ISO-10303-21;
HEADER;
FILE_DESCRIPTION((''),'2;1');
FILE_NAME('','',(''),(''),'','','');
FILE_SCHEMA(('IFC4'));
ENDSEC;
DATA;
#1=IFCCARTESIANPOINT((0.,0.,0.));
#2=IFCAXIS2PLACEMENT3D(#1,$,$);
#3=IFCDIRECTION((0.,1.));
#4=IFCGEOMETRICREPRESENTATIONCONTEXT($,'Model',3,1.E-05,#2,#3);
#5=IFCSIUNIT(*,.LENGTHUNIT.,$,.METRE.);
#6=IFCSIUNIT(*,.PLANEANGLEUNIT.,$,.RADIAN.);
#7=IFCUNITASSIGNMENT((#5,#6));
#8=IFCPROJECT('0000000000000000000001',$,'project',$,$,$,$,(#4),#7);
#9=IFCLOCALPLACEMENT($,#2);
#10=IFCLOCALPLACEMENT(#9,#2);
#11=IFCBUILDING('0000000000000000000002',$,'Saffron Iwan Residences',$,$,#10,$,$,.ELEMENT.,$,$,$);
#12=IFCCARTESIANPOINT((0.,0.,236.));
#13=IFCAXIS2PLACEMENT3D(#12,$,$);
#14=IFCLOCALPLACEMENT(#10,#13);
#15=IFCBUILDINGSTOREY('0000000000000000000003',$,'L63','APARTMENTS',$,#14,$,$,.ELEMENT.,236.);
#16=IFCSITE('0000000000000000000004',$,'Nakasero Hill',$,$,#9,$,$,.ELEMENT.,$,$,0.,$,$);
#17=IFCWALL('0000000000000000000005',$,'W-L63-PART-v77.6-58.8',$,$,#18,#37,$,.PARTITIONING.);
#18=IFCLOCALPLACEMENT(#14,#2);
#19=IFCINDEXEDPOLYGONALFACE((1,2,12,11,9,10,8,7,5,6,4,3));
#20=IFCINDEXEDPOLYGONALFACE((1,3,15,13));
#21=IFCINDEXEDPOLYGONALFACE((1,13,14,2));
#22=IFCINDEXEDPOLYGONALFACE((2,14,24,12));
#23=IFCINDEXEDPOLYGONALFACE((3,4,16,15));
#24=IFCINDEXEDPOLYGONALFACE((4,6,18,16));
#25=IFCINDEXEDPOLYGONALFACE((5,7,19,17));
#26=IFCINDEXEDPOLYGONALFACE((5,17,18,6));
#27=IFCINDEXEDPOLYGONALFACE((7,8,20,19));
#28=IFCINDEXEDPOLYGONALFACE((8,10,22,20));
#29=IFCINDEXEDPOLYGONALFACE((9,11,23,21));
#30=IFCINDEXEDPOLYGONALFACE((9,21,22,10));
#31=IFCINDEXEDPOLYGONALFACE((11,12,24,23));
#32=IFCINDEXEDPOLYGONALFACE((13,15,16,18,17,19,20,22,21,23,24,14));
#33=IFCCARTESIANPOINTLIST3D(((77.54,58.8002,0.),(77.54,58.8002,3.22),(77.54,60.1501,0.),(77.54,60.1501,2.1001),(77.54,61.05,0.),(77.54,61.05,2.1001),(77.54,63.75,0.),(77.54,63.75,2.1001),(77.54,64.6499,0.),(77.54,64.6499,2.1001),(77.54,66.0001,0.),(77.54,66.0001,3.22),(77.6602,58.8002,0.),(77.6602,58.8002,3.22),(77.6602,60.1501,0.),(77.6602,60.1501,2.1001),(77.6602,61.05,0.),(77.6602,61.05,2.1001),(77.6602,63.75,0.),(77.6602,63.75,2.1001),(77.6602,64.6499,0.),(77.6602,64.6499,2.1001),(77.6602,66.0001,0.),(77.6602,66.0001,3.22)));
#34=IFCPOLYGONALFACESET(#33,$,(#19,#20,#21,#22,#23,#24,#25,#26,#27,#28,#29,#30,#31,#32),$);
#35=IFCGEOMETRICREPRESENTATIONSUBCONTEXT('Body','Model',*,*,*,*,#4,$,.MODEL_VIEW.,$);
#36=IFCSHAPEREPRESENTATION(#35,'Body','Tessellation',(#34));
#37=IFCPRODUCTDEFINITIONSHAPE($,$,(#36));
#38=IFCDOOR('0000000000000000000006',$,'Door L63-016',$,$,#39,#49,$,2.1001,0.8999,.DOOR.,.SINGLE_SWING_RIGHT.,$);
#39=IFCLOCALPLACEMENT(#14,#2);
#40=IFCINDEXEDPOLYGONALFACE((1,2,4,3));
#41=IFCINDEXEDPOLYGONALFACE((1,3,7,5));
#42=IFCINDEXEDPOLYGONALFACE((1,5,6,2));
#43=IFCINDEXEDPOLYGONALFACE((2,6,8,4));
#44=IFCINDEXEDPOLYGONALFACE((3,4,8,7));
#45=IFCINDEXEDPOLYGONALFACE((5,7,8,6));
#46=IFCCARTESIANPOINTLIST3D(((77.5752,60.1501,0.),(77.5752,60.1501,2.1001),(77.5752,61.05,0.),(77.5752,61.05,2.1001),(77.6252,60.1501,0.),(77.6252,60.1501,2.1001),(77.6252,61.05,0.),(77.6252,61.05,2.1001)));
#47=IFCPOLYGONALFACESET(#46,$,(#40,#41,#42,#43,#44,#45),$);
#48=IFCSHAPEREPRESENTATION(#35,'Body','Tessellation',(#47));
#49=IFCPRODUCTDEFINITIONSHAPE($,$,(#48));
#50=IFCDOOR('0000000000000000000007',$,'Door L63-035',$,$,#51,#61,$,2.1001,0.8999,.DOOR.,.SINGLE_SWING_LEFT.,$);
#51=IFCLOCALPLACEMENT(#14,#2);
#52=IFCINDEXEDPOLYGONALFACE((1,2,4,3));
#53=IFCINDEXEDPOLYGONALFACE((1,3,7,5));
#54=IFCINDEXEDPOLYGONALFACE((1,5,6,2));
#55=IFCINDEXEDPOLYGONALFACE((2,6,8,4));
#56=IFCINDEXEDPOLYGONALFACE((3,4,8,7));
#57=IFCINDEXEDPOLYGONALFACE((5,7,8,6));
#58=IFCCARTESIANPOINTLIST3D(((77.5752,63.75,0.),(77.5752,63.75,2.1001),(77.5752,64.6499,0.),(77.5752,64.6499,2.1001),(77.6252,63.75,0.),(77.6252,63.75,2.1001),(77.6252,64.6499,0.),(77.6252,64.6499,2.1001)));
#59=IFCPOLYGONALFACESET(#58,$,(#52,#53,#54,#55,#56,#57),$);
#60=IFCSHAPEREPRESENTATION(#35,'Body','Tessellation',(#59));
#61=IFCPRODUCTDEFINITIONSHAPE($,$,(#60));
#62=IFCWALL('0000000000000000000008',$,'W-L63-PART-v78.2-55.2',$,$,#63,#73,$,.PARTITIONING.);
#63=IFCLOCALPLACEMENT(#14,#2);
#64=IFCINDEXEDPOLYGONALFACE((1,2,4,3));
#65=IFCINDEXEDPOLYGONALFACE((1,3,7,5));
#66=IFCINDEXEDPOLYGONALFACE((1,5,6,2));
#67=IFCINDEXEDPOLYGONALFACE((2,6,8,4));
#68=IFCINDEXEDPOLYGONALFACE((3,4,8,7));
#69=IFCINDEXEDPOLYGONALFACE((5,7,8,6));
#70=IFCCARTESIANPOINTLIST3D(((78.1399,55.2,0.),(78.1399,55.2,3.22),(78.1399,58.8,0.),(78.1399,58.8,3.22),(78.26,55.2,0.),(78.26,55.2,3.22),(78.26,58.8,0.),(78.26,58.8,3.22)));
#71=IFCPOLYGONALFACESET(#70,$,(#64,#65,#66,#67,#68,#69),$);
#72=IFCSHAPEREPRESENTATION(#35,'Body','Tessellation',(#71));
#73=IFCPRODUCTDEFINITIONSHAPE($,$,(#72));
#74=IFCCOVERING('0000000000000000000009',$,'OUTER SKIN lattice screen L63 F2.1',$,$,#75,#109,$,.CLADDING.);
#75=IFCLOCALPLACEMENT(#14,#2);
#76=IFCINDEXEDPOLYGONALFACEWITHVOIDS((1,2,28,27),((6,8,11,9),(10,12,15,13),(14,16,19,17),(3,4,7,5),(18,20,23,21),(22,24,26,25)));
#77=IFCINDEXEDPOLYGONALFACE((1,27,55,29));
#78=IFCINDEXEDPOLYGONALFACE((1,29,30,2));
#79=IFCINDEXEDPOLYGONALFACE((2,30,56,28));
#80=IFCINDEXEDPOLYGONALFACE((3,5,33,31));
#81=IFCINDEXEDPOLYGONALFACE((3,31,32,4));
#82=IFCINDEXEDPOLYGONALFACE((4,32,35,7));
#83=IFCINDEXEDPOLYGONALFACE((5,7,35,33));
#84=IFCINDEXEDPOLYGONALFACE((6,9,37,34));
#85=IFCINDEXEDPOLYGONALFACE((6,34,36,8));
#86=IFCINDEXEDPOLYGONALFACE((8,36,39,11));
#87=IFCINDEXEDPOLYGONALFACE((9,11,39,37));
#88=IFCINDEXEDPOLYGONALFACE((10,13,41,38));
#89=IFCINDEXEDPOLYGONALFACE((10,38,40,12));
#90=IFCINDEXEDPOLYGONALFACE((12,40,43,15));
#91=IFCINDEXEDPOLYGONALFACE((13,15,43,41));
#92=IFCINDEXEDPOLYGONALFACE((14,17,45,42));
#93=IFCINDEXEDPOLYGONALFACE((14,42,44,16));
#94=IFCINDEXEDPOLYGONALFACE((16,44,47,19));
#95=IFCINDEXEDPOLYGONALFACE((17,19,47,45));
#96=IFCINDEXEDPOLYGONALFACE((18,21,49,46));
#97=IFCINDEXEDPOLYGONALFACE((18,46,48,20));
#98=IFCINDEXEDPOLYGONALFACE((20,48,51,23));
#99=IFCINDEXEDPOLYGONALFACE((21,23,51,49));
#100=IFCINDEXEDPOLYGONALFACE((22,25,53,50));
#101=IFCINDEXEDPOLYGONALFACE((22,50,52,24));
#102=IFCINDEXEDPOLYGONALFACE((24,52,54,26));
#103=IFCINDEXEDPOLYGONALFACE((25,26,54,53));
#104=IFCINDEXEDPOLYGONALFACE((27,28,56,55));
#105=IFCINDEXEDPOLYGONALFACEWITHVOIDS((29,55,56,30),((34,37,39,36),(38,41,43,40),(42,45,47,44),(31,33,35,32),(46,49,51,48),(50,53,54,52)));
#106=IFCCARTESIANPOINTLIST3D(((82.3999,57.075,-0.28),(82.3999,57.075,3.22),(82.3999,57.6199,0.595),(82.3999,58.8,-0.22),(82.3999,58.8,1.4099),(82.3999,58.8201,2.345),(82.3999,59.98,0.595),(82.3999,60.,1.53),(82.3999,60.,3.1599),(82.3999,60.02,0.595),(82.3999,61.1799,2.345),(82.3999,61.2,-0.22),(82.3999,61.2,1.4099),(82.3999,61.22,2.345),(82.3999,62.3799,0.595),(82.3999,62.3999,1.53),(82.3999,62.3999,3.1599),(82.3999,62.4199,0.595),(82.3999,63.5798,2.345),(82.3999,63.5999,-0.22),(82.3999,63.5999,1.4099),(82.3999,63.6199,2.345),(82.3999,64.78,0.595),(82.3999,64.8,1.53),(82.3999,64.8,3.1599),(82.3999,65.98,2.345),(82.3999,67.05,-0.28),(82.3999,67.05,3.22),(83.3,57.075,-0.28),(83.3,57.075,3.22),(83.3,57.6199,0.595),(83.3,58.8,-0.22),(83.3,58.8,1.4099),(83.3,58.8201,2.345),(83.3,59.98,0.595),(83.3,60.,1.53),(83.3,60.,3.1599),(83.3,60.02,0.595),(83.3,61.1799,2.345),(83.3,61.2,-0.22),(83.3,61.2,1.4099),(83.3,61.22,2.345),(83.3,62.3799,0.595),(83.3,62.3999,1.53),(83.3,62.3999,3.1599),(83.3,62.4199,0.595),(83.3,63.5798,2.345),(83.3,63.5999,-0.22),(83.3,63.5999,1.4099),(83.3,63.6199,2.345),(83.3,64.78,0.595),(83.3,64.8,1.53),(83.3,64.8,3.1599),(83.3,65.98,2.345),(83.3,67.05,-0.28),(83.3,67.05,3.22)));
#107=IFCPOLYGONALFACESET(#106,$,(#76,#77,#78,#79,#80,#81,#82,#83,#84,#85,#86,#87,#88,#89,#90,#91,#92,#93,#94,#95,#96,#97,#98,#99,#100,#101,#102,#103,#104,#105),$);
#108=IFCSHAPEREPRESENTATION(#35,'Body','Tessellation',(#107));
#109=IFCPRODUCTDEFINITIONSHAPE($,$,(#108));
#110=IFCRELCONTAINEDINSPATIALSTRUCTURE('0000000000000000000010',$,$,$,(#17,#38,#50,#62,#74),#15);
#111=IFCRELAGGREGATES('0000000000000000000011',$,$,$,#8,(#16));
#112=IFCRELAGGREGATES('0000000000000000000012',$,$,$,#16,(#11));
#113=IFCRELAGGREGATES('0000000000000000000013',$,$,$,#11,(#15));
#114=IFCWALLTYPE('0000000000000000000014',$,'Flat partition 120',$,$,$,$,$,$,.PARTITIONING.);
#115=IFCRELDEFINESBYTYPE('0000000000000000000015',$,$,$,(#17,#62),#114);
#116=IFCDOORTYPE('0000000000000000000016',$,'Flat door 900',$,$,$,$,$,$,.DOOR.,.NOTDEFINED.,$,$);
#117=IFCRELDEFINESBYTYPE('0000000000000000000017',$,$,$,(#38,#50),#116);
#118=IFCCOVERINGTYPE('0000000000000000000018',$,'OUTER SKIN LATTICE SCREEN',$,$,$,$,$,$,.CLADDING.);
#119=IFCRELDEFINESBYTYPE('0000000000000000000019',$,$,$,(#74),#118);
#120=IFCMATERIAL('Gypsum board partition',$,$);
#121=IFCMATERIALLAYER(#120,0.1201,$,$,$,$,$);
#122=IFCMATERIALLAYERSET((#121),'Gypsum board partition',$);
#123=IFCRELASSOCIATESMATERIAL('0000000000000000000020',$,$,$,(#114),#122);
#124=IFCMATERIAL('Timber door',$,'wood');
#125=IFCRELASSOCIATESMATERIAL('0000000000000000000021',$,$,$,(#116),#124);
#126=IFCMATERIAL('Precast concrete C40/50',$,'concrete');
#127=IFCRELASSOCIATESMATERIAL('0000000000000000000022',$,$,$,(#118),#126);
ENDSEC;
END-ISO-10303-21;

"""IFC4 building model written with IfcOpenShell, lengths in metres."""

from ifc_helpers import new_model, si_unit, direction, frame, frame_2d, origin, place, context, subcontext, project, spatial, polyline, rectangle, outline, extrude, material, layer, layer_set, type_object, element, fill, save


model = new_model("IFC4")

# Units and contexts
model_context = context("Model", 3, precision=1e-05, world=origin(), true_north=direction((0.0, 1.0)))
body_context = subcontext(model_context, "Body", "Model", "MODEL_VIEW")
ifc_project = project(units=[si_unit("LENGTHUNIT", "METRE"), si_unit("PLANEANGLEUNIT", "RADIAN")], contexts=[model_context])

# Site, building, storey
site_placement = place(None, origin())
site = spatial("IfcSite", under=ifc_project, at=site_placement, Name="Nakasero Hill", CompositionType="ELEMENT", RefElevation=0.0)
building_placement = place(site_placement, origin())
building = spatial("IfcBuilding", under=site, at=building_placement, Name="Saffron Iwan Residences", CompositionType="ELEMENT")
storey_placement = place(building_placement, frame((0.0, 0.0, 236.0)))
storey = spatial("IfcBuildingStorey", under=building, at=storey_placement, Name="L63", Description="APARTMENTS", CompositionType="ELEMENT", Elevation=236.0)

# Shared definitions
ifc_material_1 = material(Name="Gypsum board partition")
ifc_layer_1 = layer(ifc_material_1, 0.1201)
ifc_layer_set_1 = layer_set([ifc_layer_1], Name="Gypsum board partition")
wall_type_1 = type_object("IfcWallType", Name="Flat partition 120", PredefinedType="PARTITIONING", material=ifc_layer_set_1)

# Shared definitions
ifc_material_2 = material(Name="Timber door", Category="wood")

# Wall, openings, doors
wall_1_placement = place(storey_placement, frame((77.6001, 58.8, 0.0), z_axis=(0.0, 0.0, 1.0), x_axis=(0.0, 1.0, 0.0)))
wall_1 = element("IfcWall", 1, at=wall_1_placement, inside=storey, type_object=wall_type_1, Name="W-L63-PART-v77.6-58.8", PredefinedType="PARTITIONING", context=body_context, shape_type="SweptSolid", body=[
    extrude(rectangle(XDim=7.2, YDim=0.1201, at=frame_2d((3.6001, 0.0))), origin(), (0.0, 0.0, 1.0), 3.22),
])
opening_1_placement = place(wall_1_placement, frame((1.3501, 0.0, 0.0)))
opening_1 = element("IfcOpeningElement", 2, at=opening_1_placement, cuts=wall_1, PredefinedType="OPENING", context=body_context, shape_type="SweptSolid", body=[
    extrude(rectangle(XDim=0.8999, YDim=2.1001, at=frame_2d((0.45, 1.05))), frame((0.0, 0.0701, 0.0), z_axis=(0.0, -1.0, 0.0), x_axis=(1.0, 0.0, 0.0)), (0.0, 0.0, 1.0), 0.1401),
])
opening_2_placement = place(wall_1_placement, frame((4.95, 0.0, 0.0)))
opening_2 = element("IfcOpeningElement", 3, at=opening_2_placement, cuts=wall_1, PredefinedType="OPENING", context=body_context, shape_type="SweptSolid", body=[
    extrude(rectangle(XDim=0.8999, YDim=2.1001, at=frame_2d((0.45, 1.05))), frame((0.0, 0.0701, 0.0), z_axis=(0.0, -1.0, 0.0), x_axis=(1.0, 0.0, 0.0)), (0.0, 0.0, 1.0), 0.1401),
])
door_type_1 = type_object("IfcDoorType", Name="Flat door 900", OperationType="NOTDEFINED", PredefinedType="DOOR", material=ifc_material_2)
door_1_placement = place(opening_1_placement, origin())
door_1 = element("IfcDoor", 4, at=door_1_placement, inside=storey, type_object=door_type_1, Name="Door L63-016", OperationType="SINGLE_SWING_RIGHT", OverallHeight=2.1001, OverallWidth=0.8999, PredefinedType="DOOR", context=body_context, shape_type="SweptSolid", body=[
    extrude(rectangle(XDim=0.8999, YDim=2.1001, at=frame_2d((0.45, 1.05))), frame((0.0, 0.0249, 0.0), z_axis=(0.0, -1.0, 0.0), x_axis=(1.0, 0.0, 0.0)), (0.0, 0.0, 1.0), 0.05),
])
fill(opening_1, door_1)
door_2_placement = place(opening_2_placement, origin())
door_2 = element("IfcDoor", 5, at=door_2_placement, inside=storey, type_object=door_type_1, Name="Door L63-035", OperationType="SINGLE_SWING_LEFT", OverallHeight=2.1001, OverallWidth=0.8999, PredefinedType="DOOR", context=body_context, shape_type="SweptSolid", body=[
    extrude(rectangle(XDim=0.8999, YDim=2.1001, at=frame_2d((0.45, 1.05))), frame((0.0, 0.0249, 0.0), z_axis=(0.0, -1.0, 0.0), x_axis=(1.0, 0.0, 0.0)), (0.0, 0.0, 1.0), 0.05),
])
fill(opening_2, door_2)

# Wall
wall_2_placement = place(storey_placement, frame((78.2, 55.2, 0.0), z_axis=(0.0, 0.0, 1.0), x_axis=(0.0, 1.0, 0.0)))
element("IfcWall", 6, at=wall_2_placement, inside=storey, type_object=wall_type_1, Name="W-L63-PART-v78.2-55.2", PredefinedType="PARTITIONING", context=body_context, shape_type="SweptSolid", body=[
    extrude(rectangle(XDim=3.6001, YDim=0.1201, at=frame_2d((1.8, 0.0))), origin(), (0.0, 0.0, 1.0), 3.22),
])

# Covering
ifc_material_3 = material(Name="Precast concrete C40/50", Category="concrete")
covering_type = type_object("IfcCoveringType", Name="OUTER SKIN LATTICE SCREEN", PredefinedType="CLADDING", material=ifc_material_3)
covering_placement = place(storey_placement, frame((82.3999, 57.075, -0.28), z_axis=(1.0, 0.0, 0.0), x_axis=(0.0, 1.0, 0.0)))
element("IfcCovering", 7, at=covering_placement, inside=storey, type_object=covering_type, Name="OUTER SKIN lattice screen L63 F2.1", PredefinedType="CLADDING", context=body_context, shape_type="SweptSolid", body=[
    extrude(outline(polyline([(0.0, 0.0), (9.9751, 0.0), (9.9751, 3.5), (0.0, 3.5), (0.0, 0.0)]), holes=[polyline([(0.5449, 0.875), (1.7251, 0.0601), (2.905, 0.875), (1.7251, 1.6899), (0.5449, 0.875)]), polyline([(2.9451, 0.875), (4.125, 0.0601), (5.3049, 0.875), (4.125, 1.6899), (2.9451, 0.875)]), polyline([(5.345, 0.875), (6.5249, 0.0601), (7.7051, 0.875), (6.5249, 1.6899), (5.345, 0.875)]), polyline([(1.7451, 2.625), (2.925, 1.8101), (4.105, 2.625), (2.925, 3.4399), (1.7451, 2.625)]), polyline([(4.145, 2.625), (5.325, 1.8101), (6.5049, 2.625), (5.325, 3.4399), (4.145, 2.625)]), polyline([(6.5449, 2.625), (7.7251, 1.8101), (8.905, 2.625), (7.7251, 3.4399), (6.5449, 2.625)])]), origin(), (0.0, 0.0, 1.0), 0.9001),
])

save(model, "model.ifc")
